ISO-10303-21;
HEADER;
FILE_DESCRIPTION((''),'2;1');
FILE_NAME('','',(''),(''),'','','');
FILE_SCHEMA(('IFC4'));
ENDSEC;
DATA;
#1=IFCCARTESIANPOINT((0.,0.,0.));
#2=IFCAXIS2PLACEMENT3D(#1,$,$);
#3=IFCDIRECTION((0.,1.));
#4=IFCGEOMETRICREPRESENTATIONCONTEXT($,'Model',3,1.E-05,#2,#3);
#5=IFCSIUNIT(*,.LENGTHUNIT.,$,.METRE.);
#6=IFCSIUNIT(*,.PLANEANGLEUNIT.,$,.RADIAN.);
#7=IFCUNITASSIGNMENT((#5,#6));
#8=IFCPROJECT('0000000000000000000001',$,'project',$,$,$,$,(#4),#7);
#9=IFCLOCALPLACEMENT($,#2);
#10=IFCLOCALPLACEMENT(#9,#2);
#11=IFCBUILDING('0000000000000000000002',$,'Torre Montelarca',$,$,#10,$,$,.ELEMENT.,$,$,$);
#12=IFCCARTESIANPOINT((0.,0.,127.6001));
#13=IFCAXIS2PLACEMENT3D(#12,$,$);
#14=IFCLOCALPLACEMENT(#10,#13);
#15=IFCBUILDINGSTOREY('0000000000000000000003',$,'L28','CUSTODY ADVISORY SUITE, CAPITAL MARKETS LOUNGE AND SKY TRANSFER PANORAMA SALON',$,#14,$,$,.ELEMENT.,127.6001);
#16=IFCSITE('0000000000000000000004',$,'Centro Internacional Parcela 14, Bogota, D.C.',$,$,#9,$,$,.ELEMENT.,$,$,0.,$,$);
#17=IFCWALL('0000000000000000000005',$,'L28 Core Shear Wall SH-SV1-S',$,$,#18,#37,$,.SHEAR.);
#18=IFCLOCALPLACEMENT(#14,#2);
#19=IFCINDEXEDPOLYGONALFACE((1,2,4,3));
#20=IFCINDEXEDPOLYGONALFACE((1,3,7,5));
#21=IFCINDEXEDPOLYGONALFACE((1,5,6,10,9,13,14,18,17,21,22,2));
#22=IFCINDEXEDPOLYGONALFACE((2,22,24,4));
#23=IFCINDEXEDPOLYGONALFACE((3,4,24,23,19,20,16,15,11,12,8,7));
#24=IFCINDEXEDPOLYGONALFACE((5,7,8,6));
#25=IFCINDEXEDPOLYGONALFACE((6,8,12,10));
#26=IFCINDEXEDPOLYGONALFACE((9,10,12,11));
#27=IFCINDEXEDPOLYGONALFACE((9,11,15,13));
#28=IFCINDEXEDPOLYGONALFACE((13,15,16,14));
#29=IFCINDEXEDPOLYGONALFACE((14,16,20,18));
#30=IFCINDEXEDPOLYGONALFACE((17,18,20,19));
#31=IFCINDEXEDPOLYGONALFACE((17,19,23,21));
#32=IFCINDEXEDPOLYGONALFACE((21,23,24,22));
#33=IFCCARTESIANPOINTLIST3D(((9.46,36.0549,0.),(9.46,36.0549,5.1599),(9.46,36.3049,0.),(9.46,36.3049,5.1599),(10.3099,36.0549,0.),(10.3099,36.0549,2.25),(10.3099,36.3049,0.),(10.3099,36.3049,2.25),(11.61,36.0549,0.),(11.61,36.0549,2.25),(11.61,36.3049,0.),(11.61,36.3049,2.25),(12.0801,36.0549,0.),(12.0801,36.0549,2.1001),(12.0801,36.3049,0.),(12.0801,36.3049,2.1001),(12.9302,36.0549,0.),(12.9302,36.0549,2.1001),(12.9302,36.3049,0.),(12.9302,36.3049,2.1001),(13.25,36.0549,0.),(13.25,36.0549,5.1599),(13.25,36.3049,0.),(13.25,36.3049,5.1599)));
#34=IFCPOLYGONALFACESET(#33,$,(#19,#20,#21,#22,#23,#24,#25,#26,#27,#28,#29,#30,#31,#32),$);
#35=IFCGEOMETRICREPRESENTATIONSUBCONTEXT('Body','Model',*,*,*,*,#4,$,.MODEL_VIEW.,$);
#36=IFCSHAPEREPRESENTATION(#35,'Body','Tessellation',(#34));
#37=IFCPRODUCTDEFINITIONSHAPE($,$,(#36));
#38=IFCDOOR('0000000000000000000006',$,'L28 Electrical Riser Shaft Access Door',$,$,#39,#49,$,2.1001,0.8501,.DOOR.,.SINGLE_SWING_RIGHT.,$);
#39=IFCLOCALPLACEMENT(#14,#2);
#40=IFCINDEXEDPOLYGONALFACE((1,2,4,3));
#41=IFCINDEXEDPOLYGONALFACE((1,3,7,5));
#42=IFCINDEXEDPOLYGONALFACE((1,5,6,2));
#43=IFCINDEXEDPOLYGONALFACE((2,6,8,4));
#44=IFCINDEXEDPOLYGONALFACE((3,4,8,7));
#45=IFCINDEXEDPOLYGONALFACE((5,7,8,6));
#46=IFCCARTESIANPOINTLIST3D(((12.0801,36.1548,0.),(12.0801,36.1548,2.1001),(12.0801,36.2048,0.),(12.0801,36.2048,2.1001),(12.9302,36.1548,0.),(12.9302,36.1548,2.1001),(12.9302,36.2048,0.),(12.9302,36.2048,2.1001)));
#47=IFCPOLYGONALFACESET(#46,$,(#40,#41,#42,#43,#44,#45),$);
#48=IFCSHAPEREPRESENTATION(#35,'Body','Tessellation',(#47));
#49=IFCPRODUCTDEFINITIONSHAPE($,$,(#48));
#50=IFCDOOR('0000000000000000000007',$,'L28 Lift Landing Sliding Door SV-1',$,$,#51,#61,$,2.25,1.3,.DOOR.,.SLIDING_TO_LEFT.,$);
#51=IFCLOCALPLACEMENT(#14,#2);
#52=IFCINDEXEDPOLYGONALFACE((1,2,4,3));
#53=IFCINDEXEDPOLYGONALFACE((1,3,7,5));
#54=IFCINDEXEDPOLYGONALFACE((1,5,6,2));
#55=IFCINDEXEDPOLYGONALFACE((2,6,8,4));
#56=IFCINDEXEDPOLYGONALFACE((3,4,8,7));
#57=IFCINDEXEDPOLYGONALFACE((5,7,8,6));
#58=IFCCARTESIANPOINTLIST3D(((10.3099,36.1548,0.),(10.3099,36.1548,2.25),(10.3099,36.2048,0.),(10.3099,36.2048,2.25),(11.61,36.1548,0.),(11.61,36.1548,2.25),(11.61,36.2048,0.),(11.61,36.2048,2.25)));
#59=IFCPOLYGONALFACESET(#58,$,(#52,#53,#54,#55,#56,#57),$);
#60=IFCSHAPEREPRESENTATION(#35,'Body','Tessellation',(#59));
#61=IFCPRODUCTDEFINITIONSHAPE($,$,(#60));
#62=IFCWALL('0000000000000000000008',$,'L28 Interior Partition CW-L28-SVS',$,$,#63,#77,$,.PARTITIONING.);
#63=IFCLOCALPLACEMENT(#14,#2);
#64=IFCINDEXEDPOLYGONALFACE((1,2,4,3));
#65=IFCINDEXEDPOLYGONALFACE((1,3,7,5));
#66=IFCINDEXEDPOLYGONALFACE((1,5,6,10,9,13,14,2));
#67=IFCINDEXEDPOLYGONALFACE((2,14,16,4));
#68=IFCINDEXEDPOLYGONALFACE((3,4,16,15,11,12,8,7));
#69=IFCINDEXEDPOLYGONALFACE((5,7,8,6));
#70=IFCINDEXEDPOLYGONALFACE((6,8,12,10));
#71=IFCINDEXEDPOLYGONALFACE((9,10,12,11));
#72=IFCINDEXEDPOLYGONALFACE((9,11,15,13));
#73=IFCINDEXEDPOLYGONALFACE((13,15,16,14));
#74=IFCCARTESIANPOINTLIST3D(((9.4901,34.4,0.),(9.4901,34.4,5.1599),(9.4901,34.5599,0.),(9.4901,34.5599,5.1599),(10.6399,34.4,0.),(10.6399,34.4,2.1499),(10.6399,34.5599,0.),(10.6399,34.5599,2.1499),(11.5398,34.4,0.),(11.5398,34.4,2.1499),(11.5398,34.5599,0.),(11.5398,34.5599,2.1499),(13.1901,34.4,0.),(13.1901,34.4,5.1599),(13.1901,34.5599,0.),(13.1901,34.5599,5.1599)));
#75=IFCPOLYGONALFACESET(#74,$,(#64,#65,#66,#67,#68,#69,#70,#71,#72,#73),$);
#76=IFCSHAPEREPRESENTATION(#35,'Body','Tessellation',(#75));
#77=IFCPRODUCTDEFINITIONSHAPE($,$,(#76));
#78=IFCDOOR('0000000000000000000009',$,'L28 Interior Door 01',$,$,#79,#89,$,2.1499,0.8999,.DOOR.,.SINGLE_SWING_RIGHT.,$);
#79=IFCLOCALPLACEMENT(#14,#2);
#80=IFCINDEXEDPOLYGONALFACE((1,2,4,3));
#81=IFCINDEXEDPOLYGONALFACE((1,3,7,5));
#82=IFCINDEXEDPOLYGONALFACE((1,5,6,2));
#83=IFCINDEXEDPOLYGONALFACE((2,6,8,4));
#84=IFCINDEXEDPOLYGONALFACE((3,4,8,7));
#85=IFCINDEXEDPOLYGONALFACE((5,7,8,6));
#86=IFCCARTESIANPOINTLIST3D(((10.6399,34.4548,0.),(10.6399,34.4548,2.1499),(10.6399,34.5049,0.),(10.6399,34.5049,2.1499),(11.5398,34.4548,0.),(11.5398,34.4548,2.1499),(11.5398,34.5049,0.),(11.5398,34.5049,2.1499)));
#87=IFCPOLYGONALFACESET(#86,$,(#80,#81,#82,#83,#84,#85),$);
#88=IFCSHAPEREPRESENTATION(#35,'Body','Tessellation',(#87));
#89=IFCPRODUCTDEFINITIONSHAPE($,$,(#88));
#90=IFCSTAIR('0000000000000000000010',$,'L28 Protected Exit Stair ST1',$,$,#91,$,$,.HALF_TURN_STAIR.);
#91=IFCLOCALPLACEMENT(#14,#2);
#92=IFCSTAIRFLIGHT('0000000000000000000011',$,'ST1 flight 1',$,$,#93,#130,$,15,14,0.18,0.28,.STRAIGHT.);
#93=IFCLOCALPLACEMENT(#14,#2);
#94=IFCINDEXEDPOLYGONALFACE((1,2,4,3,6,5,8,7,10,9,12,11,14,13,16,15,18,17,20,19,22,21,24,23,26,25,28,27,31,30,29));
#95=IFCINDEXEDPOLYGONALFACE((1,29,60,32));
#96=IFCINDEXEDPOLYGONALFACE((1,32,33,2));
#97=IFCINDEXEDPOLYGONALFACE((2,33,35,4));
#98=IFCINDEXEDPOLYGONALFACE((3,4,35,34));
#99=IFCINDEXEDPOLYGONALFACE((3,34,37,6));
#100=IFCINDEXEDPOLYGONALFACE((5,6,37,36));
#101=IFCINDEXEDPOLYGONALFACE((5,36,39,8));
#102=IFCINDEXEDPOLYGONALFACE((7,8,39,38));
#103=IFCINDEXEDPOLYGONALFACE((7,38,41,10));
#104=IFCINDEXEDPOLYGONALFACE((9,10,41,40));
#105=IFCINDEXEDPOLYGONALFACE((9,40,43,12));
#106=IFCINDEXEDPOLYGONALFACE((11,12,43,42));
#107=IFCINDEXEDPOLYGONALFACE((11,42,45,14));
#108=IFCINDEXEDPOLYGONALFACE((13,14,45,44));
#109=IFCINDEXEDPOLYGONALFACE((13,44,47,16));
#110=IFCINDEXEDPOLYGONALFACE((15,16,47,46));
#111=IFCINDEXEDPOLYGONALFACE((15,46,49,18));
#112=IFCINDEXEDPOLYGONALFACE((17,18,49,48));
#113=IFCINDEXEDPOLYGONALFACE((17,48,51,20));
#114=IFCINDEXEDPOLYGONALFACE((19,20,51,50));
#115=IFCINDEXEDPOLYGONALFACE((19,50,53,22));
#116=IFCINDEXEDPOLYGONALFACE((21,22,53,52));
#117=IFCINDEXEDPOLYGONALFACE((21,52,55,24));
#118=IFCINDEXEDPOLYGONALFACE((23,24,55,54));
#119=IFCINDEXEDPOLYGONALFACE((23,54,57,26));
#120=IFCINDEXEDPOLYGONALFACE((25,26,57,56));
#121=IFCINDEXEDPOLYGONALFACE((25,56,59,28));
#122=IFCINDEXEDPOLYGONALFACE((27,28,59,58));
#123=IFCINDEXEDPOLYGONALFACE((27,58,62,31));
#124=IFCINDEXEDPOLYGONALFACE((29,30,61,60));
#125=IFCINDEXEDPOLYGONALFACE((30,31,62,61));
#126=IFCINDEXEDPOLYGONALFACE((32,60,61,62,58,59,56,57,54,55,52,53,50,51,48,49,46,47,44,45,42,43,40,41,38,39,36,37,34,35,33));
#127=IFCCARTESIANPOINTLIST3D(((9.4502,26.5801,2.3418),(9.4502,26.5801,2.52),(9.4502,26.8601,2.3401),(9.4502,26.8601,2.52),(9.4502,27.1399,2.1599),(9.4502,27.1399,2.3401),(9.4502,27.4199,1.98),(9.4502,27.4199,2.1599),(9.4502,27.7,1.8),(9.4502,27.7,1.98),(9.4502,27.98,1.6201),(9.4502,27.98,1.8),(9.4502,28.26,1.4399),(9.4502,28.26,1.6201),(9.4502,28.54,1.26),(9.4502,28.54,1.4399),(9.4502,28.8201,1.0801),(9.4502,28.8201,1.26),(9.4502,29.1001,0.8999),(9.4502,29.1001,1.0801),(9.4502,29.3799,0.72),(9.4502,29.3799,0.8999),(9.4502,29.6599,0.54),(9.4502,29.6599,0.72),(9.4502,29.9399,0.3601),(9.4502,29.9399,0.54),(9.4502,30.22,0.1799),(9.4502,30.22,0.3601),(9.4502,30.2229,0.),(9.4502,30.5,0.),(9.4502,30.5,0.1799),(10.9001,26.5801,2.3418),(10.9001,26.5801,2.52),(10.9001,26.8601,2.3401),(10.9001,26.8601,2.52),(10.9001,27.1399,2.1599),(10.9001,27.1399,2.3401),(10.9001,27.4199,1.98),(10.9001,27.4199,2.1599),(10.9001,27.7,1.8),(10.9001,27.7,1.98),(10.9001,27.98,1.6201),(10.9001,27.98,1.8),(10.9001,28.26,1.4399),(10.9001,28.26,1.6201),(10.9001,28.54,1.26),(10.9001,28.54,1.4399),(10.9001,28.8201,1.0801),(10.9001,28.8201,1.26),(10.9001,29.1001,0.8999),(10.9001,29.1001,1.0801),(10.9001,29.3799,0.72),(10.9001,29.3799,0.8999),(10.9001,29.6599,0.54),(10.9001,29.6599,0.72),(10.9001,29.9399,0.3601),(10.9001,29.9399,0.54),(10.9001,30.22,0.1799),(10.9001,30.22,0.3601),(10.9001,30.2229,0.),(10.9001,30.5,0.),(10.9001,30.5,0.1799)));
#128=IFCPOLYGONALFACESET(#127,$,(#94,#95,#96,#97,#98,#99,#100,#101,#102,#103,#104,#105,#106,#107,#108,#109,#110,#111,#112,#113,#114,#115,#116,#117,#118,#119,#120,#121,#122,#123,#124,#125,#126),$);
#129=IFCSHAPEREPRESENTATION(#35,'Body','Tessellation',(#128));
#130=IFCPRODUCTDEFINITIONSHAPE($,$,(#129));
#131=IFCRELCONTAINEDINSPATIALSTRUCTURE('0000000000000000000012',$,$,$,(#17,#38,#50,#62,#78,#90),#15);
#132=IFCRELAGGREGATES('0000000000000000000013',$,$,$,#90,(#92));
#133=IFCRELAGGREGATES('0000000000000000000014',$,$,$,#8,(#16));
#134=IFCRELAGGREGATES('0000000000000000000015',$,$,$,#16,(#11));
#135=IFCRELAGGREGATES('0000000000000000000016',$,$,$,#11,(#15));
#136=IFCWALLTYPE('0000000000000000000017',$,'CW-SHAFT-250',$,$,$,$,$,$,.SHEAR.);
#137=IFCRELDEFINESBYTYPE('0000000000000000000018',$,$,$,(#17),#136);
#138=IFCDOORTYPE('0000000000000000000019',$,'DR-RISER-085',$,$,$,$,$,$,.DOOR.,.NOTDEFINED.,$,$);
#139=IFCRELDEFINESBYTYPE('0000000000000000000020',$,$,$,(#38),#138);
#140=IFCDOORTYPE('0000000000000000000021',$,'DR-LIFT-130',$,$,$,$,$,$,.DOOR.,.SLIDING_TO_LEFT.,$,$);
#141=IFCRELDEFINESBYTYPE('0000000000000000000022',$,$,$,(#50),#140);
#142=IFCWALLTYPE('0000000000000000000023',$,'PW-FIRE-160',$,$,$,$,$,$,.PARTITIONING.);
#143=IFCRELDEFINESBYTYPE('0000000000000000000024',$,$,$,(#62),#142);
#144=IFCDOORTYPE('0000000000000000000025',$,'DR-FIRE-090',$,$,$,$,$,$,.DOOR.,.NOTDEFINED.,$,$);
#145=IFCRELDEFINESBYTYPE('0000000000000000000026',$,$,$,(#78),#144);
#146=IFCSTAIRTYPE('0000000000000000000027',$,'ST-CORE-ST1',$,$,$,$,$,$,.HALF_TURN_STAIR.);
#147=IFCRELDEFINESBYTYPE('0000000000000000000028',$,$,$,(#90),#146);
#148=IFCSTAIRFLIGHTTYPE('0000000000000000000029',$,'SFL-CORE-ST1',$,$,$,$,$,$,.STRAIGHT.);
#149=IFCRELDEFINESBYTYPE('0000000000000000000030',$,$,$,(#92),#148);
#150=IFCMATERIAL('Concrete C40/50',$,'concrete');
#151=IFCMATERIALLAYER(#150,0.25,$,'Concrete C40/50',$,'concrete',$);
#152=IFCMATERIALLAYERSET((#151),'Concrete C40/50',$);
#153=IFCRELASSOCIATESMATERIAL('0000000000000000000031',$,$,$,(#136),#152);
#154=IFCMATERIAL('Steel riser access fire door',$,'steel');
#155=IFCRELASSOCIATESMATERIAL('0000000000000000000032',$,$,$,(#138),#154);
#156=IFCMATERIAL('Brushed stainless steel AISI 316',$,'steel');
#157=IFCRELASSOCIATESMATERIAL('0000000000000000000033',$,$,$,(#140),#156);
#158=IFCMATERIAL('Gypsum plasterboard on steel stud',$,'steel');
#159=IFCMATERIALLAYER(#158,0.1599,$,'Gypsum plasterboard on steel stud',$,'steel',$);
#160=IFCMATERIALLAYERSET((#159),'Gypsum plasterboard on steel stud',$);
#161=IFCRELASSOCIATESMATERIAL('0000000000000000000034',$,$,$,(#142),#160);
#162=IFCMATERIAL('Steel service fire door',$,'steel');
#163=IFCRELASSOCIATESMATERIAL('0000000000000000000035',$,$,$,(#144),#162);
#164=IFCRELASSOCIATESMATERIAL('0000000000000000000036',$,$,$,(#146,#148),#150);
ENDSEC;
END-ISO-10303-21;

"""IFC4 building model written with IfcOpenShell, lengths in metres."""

from ifc_helpers import new_model, si_unit, direction, frame, frame_2d, origin, place, context, subcontext, project, spatial, polyline, rectangle, outline, extrude, source, transform, mapped, material, layer, layer_set, type_object, element, fill, aggregate, save


model = new_model("IFC4")

# Units and contexts
model_context = context("Model", 3, precision=1e-05, world=origin(), true_north=direction((0.0, 1.0)))
body_context = subcontext(model_context, "Body", "Model", "MODEL_VIEW")
ifc_project = project(units=[si_unit("LENGTHUNIT", "METRE"), si_unit("PLANEANGLEUNIT", "RADIAN")], contexts=[model_context])

# Site, building, storey
site_placement = place(None, origin())
site = spatial("IfcSite", under=ifc_project, at=site_placement, Name="Centro Internacional Parcela 14, Bogota, D.C.", CompositionType="ELEMENT", RefElevation=0.0)
building_placement = place(site_placement, origin())
building = spatial("IfcBuilding", under=site, at=building_placement, Name="Torre Montelarca", CompositionType="ELEMENT")
storey_placement = place(building_placement, frame((0.0, 0.0, 127.6001)))
storey = spatial("IfcBuildingStorey", under=building, at=storey_placement, Name="L28", Description="CUSTODY ADVISORY SUITE, CAPITAL MARKETS LOUNGE AND SKY TRANSFER PANORAMA SALON", CompositionType="ELEMENT", Elevation=127.6001)

# Shared definitions
ifc_material_1 = material(Name="Concrete C40/50", Category="concrete")
ifc_layer_1 = layer(ifc_material_1, 0.25, Name="Concrete C40/50", Category="concrete")
ifc_layer_set_1 = layer_set([ifc_layer_1], Name="Concrete C40/50")
wall_type_1 = type_object("IfcWallType", Name="CW-SHAFT-250", PredefinedType="SHEAR", material=ifc_layer_set_1)

# Wall, openings, doors
wall_1_placement = place(storey_placement, frame((9.46, 36.1799, 0.0), z_axis=(0.0, 0.0, 1.0), x_axis=(1.0, 0.0, 0.0)))
wall_1 = element("IfcWall", 1, at=wall_1_placement, inside=storey, type_object=wall_type_1, Name="L28 Core Shear Wall SH-SV1-S", PredefinedType="SHEAR", context=body_context, shape_type="SweptSolid", body=[
    extrude(rectangle(XDim=3.79, YDim=0.25, at=frame_2d((1.895, 0.0))), origin(), (0.0, 0.0, 1.0), 5.1599),
])
opening_1_placement = place(wall_1_placement, frame((2.6201, 0.0, 0.0)))
opening_1 = element("IfcOpeningElement", 2, at=opening_1_placement, cuts=wall_1, PredefinedType="OPENING", context=body_context, shape_type="SweptSolid", body=[
    extrude(rectangle(XDim=0.8501, YDim=2.1001, at=frame_2d((0.425, 1.05))), frame((0.0, 0.135, 0.0), z_axis=(0.0, -1.0, 0.0), x_axis=(1.0, 0.0, 0.0)), (0.0, 0.0, 1.0), 0.27),
])
opening_2_placement = place(wall_1_placement, frame((0.8501, 0.0, 0.0)))
opening_2 = element("IfcOpeningElement", 3, at=opening_2_placement, cuts=wall_1, PredefinedType="OPENING", context=body_context, shape_type="SweptSolid", body=[
    extrude(rectangle(XDim=1.3, YDim=2.25, at=frame_2d((0.6499, 1.125))), frame((0.0, 0.135, 0.0), z_axis=(0.0, -1.0, 0.0), x_axis=(1.0, 0.0, 0.0)), (0.0, 0.0, 1.0), 0.27),
])
ifc_material_2 = material(Name="Steel riser access fire door", Category="steel")
door_type_1 = type_object("IfcDoorType", Name="DR-RISER-085", OperationType="NOTDEFINED", PredefinedType="DOOR", material=ifc_material_2)
shared_shape_1 = source(origin(), body_context, "Body", "SweptSolid", [
    extrude(rectangle(XDim=0.8501, YDim=2.1001, at=frame_2d((0.425, 1.05))), frame((0.0, 0.0249, 0.0), z_axis=(0.0, -1.0, 0.0), x_axis=(1.0, 0.0, 0.0)), (0.0, 0.0, 1.0), 0.05),
])
door_1_placement = place(opening_1_placement, origin())
door_1 = element("IfcDoor", 4, at=door_1_placement, inside=storey, type_object=door_type_1, Name="L28 Electrical Riser Shaft Access Door", OperationType="SINGLE_SWING_RIGHT", OverallHeight=2.1001, OverallWidth=0.8501, PredefinedType="DOOR", context=body_context, shape_type="MappedRepresentation", body=[
    mapped(shared_shape_1, transform((0.0, 0.0, 0.0), scale=1.0)),
])
fill(opening_1, door_1)
ifc_material_3 = material(Name="Brushed stainless steel AISI 316", Category="steel")
door_type_2 = type_object("IfcDoorType", Name="DR-LIFT-130", OperationType="SLIDING_TO_LEFT", PredefinedType="DOOR", material=ifc_material_3)
shared_shape_2 = source(origin(), body_context, "Body", "SweptSolid", [
    extrude(rectangle(XDim=1.3, YDim=2.25, at=frame_2d((0.6499, 1.125))), frame((0.0, 0.0249, 0.0), z_axis=(0.0, -1.0, 0.0), x_axis=(1.0, 0.0, 0.0)), (0.0, 0.0, 1.0), 0.05),
])
door_2_placement = place(opening_2_placement, origin())
door_2 = element("IfcDoor", 5, at=door_2_placement, inside=storey, type_object=door_type_2, Name="L28 Lift Landing Sliding Door SV-1", OperationType="SLIDING_TO_LEFT", OverallHeight=2.25, OverallWidth=1.3, PredefinedType="DOOR", context=body_context, shape_type="MappedRepresentation", body=[
    mapped(shared_shape_2, transform((0.0, 0.0, 0.0), scale=1.0)),
])
fill(opening_2, door_2)

# Wall, opening, door
ifc_material_4 = material(Name="Gypsum plasterboard on steel stud", Category="steel")
ifc_layer_2 = layer(ifc_material_4, 0.1599, Name="Gypsum plasterboard on steel stud", Category="steel")
ifc_layer_set_2 = layer_set([ifc_layer_2], Name="Gypsum plasterboard on steel stud")
wall_type_2 = type_object("IfcWallType", Name="PW-FIRE-160", PredefinedType="PARTITIONING", material=ifc_layer_set_2)
wall_2_placement = place(storey_placement, frame((9.49, 34.48, 0.0), z_axis=(0.0, 0.0, 1.0), x_axis=(1.0, 0.0, 0.0)))
wall_2 = element("IfcWall", 6, at=wall_2_placement, inside=storey, type_object=wall_type_2, Name="L28 Interior Partition CW-L28-SVS", PredefinedType="PARTITIONING", context=body_context, shape_type="SweptSolid", body=[
    extrude(rectangle(XDim=3.7, YDim=0.1599, at=frame_2d((1.8501, 0.0))), origin(), (0.0, 0.0, 1.0), 5.1599),
])
opening_3_placement = place(wall_2_placement, frame((1.1499, 0.0, 0.0)))
opening_3 = element("IfcOpeningElement", 7, at=opening_3_placement, cuts=wall_2, PredefinedType="OPENING", context=body_context, shape_type="SweptSolid", body=[
    extrude(rectangle(XDim=0.8999, YDim=2.1499, at=frame_2d((0.45, 1.075))), frame((0.0, 0.0898, 0.0), z_axis=(0.0, -1.0, 0.0), x_axis=(1.0, 0.0, 0.0)), (0.0, 0.0, 1.0), 0.1799),
])
ifc_material_5 = material(Name="Steel service fire door", Category="steel")
door_type_3 = type_object("IfcDoorType", Name="DR-FIRE-090", OperationType="NOTDEFINED", PredefinedType="DOOR", material=ifc_material_5)
shared_shape_3 = source(origin(), body_context, "Body", "SweptSolid", [
    extrude(rectangle(XDim=0.8999, YDim=2.1499, at=frame_2d((0.45, 1.075))), frame((0.0, 0.0249, 0.0), z_axis=(0.0, -1.0, 0.0), x_axis=(1.0, 0.0, 0.0)), (0.0, 0.0, 1.0), 0.05),
])
door_3_placement = place(opening_3_placement, origin())
door_3 = element("IfcDoor", 8, at=door_3_placement, inside=storey, type_object=door_type_3, Name="L28 Interior Door 01", OperationType="SINGLE_SWING_RIGHT", OverallHeight=2.1499, OverallWidth=0.8999, PredefinedType="DOOR", context=body_context, shape_type="MappedRepresentation", body=[
    mapped(shared_shape_3, transform((0.0, 0.0, 0.0), scale=1.0)),
])
fill(opening_3, door_3)

# Stair, stair flight
stair_type = type_object("IfcStairType", Name="ST-CORE-ST1", PredefinedType="HALF_TURN_STAIR", material=ifc_material_1)
stair_placement = place(storey_placement, origin())
stair = element("IfcStair", 9, at=stair_placement, inside=storey, type_object=stair_type, Name="L28 Protected Exit Stair ST1", PredefinedType="HALF_TURN_STAIR")
stair_flight_type = type_object("IfcStairFlightType", Name="SFL-CORE-ST1", PredefinedType="STRAIGHT", material=ifc_material_1)
stair_flight_placement = place(storey_placement, frame((10.175, 30.5, 0.0), z_axis=(0.0, 0.0, 1.0), x_axis=(0.0, -1.0, 0.0)))
stair_flight = element("IfcStairFlight", 10, at=stair_flight_placement, type_object=stair_flight_type, Name="ST1 flight 1", NumberOfRisers=15, NumberOfTreads=14, PredefinedType="STRAIGHT", RiserHeight=0.18, TreadLength=0.28, context=body_context, shape_type="SweptSolid", body=[
    extrude(outline(polyline([(0.0, 0.0), (0.0, 0.1799), (0.28, 0.1799), (0.28, 0.3601), (0.5601, 0.3601), (0.5601, 0.54), (0.8401, 0.54), (0.8401, 0.72), (1.1201, 0.72), (1.1201, 0.8999), (1.3999, 0.8999), (1.3999, 1.0801), (1.6799, 1.0801), (1.6799, 1.26), (1.96, 1.26), (1.96, 1.4399), (2.24, 1.4399), (2.24, 1.6201), (2.52, 1.6201), (2.52, 1.8), (2.8, 1.8), (2.8, 1.98), (3.0801, 1.98), (3.0801, 2.1599), (3.3601, 2.1599), (3.3601, 2.3401), (3.6399, 2.3401), (3.6399, 2.52), (3.9199, 2.52), (3.9199, 2.7), (3.9199, 2.3418), (0.2771, 0.0), (0.0, 0.0)])), frame((0.0, 0.7251, 0.0), z_axis=(0.0, -1.0, 0.0), x_axis=(1.0, 0.0, 0.0)), (0.0, 0.0, 1.0), 1.45),
])
aggregate(stair, [stair_flight])

save(model, "model.ifc")
